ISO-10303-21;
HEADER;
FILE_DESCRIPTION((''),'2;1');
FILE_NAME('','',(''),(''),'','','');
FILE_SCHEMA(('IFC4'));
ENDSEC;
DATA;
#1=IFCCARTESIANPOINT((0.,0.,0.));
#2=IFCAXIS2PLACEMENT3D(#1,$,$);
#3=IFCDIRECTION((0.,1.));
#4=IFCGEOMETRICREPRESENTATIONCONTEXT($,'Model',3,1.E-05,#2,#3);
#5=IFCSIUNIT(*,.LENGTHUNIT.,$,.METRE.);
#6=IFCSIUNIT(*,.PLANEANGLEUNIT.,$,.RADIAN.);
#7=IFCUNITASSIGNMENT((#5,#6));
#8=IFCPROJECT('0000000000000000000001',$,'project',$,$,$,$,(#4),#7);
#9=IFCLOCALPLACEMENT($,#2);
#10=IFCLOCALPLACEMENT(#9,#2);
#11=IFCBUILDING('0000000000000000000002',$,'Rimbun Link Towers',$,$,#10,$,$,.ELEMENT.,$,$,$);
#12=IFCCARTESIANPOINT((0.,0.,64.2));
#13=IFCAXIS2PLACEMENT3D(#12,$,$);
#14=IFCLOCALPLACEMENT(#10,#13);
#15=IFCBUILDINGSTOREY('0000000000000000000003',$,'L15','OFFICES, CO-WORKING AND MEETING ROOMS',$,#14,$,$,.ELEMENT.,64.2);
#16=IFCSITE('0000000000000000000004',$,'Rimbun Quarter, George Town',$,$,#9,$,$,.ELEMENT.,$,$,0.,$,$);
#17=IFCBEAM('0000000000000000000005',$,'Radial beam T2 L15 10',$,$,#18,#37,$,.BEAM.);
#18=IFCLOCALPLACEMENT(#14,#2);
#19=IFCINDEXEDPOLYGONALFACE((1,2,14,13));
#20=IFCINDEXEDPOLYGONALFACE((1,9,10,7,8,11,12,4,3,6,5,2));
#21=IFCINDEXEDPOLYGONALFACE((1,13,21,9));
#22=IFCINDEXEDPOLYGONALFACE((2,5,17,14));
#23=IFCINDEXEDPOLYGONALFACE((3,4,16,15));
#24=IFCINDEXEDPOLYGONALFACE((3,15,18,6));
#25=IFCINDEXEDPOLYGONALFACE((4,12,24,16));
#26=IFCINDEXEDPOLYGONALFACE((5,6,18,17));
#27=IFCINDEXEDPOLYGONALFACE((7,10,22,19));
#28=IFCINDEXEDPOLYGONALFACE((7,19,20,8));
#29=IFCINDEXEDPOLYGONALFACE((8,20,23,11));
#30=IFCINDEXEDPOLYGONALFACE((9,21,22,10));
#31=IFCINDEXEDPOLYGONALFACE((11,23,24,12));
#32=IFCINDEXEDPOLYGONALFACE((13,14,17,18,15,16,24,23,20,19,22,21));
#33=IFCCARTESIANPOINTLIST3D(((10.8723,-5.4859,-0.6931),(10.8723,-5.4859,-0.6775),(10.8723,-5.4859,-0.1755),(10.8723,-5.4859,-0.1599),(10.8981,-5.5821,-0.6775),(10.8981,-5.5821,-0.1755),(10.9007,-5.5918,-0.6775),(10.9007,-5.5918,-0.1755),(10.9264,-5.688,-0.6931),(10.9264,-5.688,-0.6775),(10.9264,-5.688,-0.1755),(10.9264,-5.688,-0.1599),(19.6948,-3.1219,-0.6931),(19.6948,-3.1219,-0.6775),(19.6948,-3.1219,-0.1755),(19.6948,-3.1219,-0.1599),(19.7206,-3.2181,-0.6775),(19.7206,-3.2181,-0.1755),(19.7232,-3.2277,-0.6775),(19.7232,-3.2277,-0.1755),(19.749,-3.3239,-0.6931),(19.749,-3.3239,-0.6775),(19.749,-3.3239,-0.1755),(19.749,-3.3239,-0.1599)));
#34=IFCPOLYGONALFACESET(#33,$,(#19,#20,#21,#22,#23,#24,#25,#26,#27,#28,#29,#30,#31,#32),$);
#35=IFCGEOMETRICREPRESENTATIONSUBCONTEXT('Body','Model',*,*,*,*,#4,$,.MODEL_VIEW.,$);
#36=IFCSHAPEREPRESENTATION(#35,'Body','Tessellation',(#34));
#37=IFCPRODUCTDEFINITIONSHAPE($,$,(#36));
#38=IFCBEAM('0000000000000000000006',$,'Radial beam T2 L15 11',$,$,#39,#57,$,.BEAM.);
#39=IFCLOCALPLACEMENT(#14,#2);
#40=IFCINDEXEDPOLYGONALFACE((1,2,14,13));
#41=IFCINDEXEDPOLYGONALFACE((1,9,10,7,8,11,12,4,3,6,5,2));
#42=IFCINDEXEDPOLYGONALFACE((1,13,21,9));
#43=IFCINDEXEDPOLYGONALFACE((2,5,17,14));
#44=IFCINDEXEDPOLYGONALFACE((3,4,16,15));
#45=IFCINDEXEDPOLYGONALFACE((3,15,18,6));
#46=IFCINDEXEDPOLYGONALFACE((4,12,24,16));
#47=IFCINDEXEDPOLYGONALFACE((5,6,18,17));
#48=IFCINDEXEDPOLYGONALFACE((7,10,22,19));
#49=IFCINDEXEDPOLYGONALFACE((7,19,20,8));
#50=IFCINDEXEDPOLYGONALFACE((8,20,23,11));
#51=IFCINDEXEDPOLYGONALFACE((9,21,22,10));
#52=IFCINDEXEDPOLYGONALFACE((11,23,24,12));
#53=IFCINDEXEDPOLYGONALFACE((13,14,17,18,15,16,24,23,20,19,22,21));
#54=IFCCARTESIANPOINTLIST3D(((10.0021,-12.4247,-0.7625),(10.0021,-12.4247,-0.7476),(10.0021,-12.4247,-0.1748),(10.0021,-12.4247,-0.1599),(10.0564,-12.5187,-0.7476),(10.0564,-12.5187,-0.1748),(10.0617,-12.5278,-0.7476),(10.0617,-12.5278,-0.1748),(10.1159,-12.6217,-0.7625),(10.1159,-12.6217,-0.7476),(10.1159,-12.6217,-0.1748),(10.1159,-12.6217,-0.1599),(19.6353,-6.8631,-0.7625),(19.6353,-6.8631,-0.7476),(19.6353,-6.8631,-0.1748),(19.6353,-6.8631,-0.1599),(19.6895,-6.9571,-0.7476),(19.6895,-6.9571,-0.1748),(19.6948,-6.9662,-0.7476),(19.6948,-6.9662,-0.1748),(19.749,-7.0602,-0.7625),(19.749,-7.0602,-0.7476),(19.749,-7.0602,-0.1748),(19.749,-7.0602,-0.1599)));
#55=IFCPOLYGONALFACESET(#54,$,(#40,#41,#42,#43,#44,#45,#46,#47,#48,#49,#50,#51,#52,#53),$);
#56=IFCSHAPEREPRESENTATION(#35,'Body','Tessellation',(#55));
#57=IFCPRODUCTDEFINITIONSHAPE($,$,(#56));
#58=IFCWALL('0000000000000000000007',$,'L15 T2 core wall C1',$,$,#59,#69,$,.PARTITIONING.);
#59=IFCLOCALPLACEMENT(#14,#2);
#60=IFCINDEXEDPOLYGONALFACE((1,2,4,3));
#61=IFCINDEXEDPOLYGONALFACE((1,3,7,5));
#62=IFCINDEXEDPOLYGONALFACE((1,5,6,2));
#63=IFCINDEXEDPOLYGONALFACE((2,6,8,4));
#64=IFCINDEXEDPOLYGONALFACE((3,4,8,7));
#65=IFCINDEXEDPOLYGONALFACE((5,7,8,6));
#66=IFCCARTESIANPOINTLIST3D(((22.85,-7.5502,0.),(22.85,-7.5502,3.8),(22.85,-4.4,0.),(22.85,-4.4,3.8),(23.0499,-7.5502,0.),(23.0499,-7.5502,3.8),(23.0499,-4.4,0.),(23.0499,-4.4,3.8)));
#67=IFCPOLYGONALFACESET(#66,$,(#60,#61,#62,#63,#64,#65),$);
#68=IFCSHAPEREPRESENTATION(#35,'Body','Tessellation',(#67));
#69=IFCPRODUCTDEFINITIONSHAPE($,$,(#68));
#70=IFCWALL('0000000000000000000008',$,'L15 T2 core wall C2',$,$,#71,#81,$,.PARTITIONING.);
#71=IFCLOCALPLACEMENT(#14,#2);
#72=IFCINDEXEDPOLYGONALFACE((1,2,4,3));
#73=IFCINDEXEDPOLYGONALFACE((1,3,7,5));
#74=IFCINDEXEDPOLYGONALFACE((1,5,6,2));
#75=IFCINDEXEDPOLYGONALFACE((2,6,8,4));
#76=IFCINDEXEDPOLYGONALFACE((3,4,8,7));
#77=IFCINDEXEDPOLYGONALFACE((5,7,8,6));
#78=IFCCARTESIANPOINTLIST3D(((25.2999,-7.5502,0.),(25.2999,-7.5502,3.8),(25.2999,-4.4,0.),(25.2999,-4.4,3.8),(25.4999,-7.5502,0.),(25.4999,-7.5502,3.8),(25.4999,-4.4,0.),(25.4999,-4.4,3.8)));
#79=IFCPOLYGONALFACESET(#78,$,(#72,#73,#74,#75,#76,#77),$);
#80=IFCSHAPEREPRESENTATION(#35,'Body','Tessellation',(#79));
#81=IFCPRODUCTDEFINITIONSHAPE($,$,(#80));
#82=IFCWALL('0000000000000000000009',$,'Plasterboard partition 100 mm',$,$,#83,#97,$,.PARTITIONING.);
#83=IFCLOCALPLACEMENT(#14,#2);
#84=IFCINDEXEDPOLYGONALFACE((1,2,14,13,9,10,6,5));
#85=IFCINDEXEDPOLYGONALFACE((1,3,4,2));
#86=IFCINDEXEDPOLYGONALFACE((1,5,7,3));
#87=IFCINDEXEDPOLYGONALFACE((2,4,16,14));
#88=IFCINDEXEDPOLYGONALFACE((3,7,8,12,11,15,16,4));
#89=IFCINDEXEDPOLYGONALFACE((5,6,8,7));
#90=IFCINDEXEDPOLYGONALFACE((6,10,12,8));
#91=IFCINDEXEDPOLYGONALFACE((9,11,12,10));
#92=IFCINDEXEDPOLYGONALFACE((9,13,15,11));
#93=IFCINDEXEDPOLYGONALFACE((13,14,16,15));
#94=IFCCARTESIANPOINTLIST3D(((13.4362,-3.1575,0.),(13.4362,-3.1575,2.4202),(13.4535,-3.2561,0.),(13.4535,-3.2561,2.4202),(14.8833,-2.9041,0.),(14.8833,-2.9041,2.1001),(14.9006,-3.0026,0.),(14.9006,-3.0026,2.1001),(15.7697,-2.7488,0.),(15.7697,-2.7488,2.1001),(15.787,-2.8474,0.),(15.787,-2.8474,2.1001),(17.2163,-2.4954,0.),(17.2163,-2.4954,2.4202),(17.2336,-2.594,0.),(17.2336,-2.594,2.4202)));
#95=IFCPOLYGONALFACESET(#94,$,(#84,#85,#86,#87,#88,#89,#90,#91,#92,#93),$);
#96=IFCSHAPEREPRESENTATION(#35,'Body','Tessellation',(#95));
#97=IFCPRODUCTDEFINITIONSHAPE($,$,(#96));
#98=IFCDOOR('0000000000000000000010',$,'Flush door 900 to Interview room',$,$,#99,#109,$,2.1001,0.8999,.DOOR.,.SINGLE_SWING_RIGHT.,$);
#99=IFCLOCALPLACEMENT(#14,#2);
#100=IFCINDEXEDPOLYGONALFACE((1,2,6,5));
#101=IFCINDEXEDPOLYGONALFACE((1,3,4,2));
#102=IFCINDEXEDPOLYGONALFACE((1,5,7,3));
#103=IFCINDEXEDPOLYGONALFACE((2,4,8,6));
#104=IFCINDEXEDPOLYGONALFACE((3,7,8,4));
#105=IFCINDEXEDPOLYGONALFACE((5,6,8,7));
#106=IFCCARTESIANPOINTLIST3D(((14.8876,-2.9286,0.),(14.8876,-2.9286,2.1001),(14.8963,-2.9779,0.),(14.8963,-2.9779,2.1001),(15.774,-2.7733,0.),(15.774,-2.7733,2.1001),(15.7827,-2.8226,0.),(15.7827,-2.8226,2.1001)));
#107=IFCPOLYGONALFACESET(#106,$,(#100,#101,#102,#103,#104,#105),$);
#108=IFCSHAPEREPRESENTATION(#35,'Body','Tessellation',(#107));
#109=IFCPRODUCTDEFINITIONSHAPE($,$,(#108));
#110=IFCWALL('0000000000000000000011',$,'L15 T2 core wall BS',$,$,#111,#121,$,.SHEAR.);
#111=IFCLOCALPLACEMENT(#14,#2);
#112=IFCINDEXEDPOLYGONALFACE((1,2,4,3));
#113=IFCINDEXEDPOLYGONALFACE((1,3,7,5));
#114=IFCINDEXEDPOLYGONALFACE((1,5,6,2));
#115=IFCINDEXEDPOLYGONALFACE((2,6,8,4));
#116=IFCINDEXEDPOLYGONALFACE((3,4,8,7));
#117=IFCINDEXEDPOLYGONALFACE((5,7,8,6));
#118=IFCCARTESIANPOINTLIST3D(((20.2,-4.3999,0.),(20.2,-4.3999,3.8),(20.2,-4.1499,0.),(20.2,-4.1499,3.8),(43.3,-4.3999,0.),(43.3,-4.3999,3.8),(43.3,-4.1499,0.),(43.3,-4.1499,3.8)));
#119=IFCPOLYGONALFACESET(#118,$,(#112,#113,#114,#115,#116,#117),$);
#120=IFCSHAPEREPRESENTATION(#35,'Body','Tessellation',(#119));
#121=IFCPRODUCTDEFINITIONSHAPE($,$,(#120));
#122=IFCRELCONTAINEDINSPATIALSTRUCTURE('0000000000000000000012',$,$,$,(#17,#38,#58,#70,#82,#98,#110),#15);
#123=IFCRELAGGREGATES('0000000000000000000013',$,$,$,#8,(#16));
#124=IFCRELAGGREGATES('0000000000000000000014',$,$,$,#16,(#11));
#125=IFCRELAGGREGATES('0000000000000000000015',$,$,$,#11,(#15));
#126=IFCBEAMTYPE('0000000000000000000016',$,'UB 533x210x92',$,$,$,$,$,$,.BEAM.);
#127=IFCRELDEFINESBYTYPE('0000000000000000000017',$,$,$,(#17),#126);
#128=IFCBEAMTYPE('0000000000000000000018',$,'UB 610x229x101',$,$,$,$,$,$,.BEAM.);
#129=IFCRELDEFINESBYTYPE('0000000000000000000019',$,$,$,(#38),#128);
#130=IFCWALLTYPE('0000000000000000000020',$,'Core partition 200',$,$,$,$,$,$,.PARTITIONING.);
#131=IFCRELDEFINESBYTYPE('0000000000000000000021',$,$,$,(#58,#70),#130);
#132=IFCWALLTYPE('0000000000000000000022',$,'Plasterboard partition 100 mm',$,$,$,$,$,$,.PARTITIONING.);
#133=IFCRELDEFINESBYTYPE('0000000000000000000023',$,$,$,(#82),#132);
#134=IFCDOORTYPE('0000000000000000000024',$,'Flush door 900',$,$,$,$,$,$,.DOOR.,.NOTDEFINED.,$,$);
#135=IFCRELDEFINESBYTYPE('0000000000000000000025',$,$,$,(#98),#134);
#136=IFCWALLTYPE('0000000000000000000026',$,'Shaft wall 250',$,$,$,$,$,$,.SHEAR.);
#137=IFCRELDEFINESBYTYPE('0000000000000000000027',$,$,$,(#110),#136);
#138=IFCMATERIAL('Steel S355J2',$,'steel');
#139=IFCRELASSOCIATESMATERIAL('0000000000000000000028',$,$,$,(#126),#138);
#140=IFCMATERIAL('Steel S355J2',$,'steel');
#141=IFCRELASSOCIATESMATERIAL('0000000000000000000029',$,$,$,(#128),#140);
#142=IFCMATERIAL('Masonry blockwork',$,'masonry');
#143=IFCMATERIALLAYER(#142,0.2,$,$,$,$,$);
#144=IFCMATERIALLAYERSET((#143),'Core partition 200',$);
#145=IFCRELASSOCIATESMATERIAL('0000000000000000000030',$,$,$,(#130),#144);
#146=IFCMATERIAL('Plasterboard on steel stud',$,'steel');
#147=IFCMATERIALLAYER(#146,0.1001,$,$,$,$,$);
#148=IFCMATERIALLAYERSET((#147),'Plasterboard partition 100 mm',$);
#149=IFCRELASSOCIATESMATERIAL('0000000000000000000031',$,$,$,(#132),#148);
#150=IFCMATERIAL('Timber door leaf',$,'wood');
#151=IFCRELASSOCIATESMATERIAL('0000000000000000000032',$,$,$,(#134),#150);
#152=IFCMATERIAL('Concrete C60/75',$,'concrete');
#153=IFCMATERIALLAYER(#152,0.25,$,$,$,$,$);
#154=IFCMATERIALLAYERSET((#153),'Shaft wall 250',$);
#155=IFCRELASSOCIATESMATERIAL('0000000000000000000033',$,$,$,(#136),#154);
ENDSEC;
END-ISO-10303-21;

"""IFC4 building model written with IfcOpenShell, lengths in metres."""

from ifc_helpers import new_model, si_unit, direction, frame, frame_2d, origin, origin_2d, place, context, subcontext, project, spatial, rectangle, i_section, extrude, material, layer, layer_set, material_profile, profile_set, type_object, element, fill, save


model = new_model("IFC4")

# Units and contexts
model_context = context("Model", 3, precision=1e-05, world=origin(), true_north=direction((0.0, 1.0)))
body_context = subcontext(model_context, "Body", "Model", "MODEL_VIEW")
ifc_project = project(units=[si_unit("LENGTHUNIT", "METRE"), si_unit("PLANEANGLEUNIT", "RADIAN")], contexts=[model_context])

# Site, building, storey
site_placement = place(None, origin())
site = spatial("IfcSite", under=ifc_project, at=site_placement, Name="Rimbun Quarter, George Town", CompositionType="ELEMENT", RefElevation=0.0)
building_placement = place(site_placement, origin())
building = spatial("IfcBuilding", under=site, at=building_placement, Name="Rimbun Link Towers", CompositionType="ELEMENT")
storey_placement = place(building_placement, frame((0.0, 0.0, 64.2)))
storey = spatial("IfcBuildingStorey", under=building, at=storey_placement, Name="L15", Description="OFFICES, CO-WORKING AND MEETING ROOMS", CompositionType="ELEMENT", Elevation=64.2)

# Beams
ifc_material_1 = material(Name="Steel S355J2", Category="steel")
ifc_material_profile_1 = material_profile(ifc_material_1, i_section(OverallWidth=0.2092, OverallDepth=0.5332, WebThickness=0.01, FlangeThickness=0.0156, at=origin_2d()), Name="UB 533x210x92")
ifc_profile_set_1 = profile_set([ifc_material_profile_1], Name="Steel S355J2")
beam_type_1 = type_object("IfcBeamType", Name="UB 533x210x92", PredefinedType="BEAM", material=ifc_profile_set_1)
beam_1_placement = place(storey_placement, frame((19.7219, -3.2229, -0.4265), z_axis=(-0.965925, -0.258822, 0.0), x_axis=(0.258822, -0.965925, 0.0)))
element("IfcBeam", 1, at=beam_1_placement, inside=storey, type_object=beam_type_1, Name="Radial beam T2 L15 10", PredefinedType="BEAM", context=body_context, shape_type="SweptSolid", body=[
    extrude(i_section(OverallWidth=0.2092, OverallDepth=0.5332, WebThickness=0.01, FlangeThickness=0.0156, at=origin_2d()), origin(), (0.0, 0.0, 1.0), 9.1338),
])
ifc_material_2 = material(Name="Steel S355J2", Category="steel")
ifc_material_profile_2 = material_profile(ifc_material_2, i_section(OverallWidth=0.2275, OverallDepth=0.6025, WebThickness=0.0105, FlangeThickness=0.0149, at=origin_2d()), Name="UB 610x229x101")
ifc_profile_set_2 = profile_set([ifc_material_profile_2], Name="Steel S355J2")
beam_type_2 = type_object("IfcBeamType", Name="UB 610x229x101", PredefinedType="BEAM", material=ifc_profile_set_2)
beam_2_placement = place(storey_placement, frame((19.6921, -6.9617, -0.4612), z_axis=(-0.86603, -0.499992, 0.0), x_axis=(0.499992, -0.86603, 0.0)))
element("IfcBeam", 2, at=beam_2_placement, inside=storey, type_object=beam_type_2, Name="Radial beam T2 L15 11", PredefinedType="BEAM", context=body_context, shape_type="SweptSolid", body=[
    extrude(i_section(OverallWidth=0.2275, OverallDepth=0.6025, WebThickness=0.0105, FlangeThickness=0.0149, at=origin_2d()), origin(), (0.0, 0.0, 1.0), 11.1233),
])

# Walls
ifc_material_3 = material(Name="Masonry blockwork", Category="masonry")
ifc_layer_1 = layer(ifc_material_3, 0.2)
ifc_layer_set_1 = layer_set([ifc_layer_1], Name="Core partition 200")
wall_type_1 = type_object("IfcWallType", Name="Core partition 200", PredefinedType="PARTITIONING", material=ifc_layer_set_1)
for number, where, z_axis, x_axis, name in (
    (3, (22.95, -4.3999, 0.0), (0.0, 0.0, 1.0), (0.0, -1.0, 0.0), "L15 T2 core wall C1"),
    (4, (25.3999, -4.3999, 0.0), (0.0, 0.0, 1.0), (0.0, -1.0, 0.0), "L15 T2 core wall C2"),
):
    element("IfcWall", number, at=place(storey_placement, frame(where, z_axis=z_axis, x_axis=x_axis)), inside=storey, type_object=wall_type_1, Name=name, PredefinedType="PARTITIONING", context=body_context, shape_type="SweptSolid", body=[
        extrude(rectangle(XDim=3.1501, YDim=0.2, at=frame_2d((1.5752, 0.0))), origin(), (0.0, 0.0, 1.0), 3.8),
    ])

# Wall, opening, door
ifc_material_4 = material(Name="Plasterboard on steel stud", Category="steel")
ifc_layer_2 = layer(ifc_material_4, 0.1001)
ifc_layer_set_2 = layer_set([ifc_layer_2], Name="Plasterboard partition 100 mm")
wall_type_2 = type_object("IfcWallType", Name="Plasterboard partition 100 mm", PredefinedType="PARTITIONING", material=ifc_layer_set_2)
wall_1_placement = place(storey_placement, frame((17.2251, -2.5447, 0.0), z_axis=(0.0, 0.0, 1.0), x_axis=(-0.985004, -0.172533, 0.0)))
wall_1 = element("IfcWall", 5, at=wall_1_placement, inside=storey, type_object=wall_type_2, Name="Plasterboard partition 100 mm", PredefinedType="PARTITIONING", context=body_context, shape_type="SweptSolid", body=[
    extrude(rectangle(XDim=3.8376, YDim=0.1001, at=frame_2d((1.9189, 0.0))), origin(), (0.0, 0.0, 1.0), 2.4202),
])
opening_1_placement = place(wall_1_placement, frame((1.4688, 0.0, 0.0)))
opening_1 = element("IfcOpeningElement", 6, at=opening_1_placement, cuts=wall_1, PredefinedType="OPENING", context=body_context, shape_type="SweptSolid", body=[
    extrude(rectangle(XDim=0.8999, YDim=2.1001, at=frame_2d((0.45, 1.05))), frame((0.0, 0.0601, 0.0), z_axis=(0.0, -1.0, 0.0), x_axis=(1.0, 0.0, 0.0)), (0.0, 0.0, 1.0), 0.1201),
])
ifc_material_5 = material(Name="Timber door leaf", Category="wood")
door_type_1 = type_object("IfcDoorType", Name="Flush door 900", OperationType="NOTDEFINED", PredefinedType="DOOR", material=ifc_material_5)
door_1_placement = place(opening_1_placement, origin())
door_1 = element("IfcDoor", 7, at=door_1_placement, inside=storey, type_object=door_type_1, Name="Flush door 900 to Interview room", OperationType="SINGLE_SWING_RIGHT", OverallHeight=2.1001, OverallWidth=0.8999, PredefinedType="DOOR", context=body_context, shape_type="SweptSolid", body=[
    extrude(rectangle(XDim=0.8999, YDim=2.1001, at=frame_2d((0.45, 1.05))), frame((0.0, 0.0249, 0.0), z_axis=(0.0, -1.0, 0.0), x_axis=(1.0, 0.0, 0.0)), (0.0, 0.0, 1.0), 0.05),
])
fill(opening_1, door_1)

# Wall
ifc_material_6 = material(Name="Concrete C60/75", Category="concrete")
ifc_layer_3 = layer(ifc_material_6, 0.25)
ifc_layer_set_3 = layer_set([ifc_layer_3], Name="Shaft wall 250")
wall_type_3 = type_object("IfcWallType", Name="Shaft wall 250", PredefinedType="SHEAR", material=ifc_layer_set_3)
wall_2_placement = place(storey_placement, frame((20.2, -4.2749, 0.0), z_axis=(0.0, 0.0, 1.0), x_axis=(1.0, 0.0, 0.0)))
element("IfcWall", 8, at=wall_2_placement, inside=storey, type_object=wall_type_3, Name="L15 T2 core wall BS", PredefinedType="SHEAR", context=body_context, shape_type="SweptSolid", body=[
    extrude(rectangle(XDim=23.1001, YDim=0.25, at=frame_2d((11.55, 0.0))), origin(), (0.0, 0.0, 1.0), 3.8),
])

save(model, "model.ifc")
